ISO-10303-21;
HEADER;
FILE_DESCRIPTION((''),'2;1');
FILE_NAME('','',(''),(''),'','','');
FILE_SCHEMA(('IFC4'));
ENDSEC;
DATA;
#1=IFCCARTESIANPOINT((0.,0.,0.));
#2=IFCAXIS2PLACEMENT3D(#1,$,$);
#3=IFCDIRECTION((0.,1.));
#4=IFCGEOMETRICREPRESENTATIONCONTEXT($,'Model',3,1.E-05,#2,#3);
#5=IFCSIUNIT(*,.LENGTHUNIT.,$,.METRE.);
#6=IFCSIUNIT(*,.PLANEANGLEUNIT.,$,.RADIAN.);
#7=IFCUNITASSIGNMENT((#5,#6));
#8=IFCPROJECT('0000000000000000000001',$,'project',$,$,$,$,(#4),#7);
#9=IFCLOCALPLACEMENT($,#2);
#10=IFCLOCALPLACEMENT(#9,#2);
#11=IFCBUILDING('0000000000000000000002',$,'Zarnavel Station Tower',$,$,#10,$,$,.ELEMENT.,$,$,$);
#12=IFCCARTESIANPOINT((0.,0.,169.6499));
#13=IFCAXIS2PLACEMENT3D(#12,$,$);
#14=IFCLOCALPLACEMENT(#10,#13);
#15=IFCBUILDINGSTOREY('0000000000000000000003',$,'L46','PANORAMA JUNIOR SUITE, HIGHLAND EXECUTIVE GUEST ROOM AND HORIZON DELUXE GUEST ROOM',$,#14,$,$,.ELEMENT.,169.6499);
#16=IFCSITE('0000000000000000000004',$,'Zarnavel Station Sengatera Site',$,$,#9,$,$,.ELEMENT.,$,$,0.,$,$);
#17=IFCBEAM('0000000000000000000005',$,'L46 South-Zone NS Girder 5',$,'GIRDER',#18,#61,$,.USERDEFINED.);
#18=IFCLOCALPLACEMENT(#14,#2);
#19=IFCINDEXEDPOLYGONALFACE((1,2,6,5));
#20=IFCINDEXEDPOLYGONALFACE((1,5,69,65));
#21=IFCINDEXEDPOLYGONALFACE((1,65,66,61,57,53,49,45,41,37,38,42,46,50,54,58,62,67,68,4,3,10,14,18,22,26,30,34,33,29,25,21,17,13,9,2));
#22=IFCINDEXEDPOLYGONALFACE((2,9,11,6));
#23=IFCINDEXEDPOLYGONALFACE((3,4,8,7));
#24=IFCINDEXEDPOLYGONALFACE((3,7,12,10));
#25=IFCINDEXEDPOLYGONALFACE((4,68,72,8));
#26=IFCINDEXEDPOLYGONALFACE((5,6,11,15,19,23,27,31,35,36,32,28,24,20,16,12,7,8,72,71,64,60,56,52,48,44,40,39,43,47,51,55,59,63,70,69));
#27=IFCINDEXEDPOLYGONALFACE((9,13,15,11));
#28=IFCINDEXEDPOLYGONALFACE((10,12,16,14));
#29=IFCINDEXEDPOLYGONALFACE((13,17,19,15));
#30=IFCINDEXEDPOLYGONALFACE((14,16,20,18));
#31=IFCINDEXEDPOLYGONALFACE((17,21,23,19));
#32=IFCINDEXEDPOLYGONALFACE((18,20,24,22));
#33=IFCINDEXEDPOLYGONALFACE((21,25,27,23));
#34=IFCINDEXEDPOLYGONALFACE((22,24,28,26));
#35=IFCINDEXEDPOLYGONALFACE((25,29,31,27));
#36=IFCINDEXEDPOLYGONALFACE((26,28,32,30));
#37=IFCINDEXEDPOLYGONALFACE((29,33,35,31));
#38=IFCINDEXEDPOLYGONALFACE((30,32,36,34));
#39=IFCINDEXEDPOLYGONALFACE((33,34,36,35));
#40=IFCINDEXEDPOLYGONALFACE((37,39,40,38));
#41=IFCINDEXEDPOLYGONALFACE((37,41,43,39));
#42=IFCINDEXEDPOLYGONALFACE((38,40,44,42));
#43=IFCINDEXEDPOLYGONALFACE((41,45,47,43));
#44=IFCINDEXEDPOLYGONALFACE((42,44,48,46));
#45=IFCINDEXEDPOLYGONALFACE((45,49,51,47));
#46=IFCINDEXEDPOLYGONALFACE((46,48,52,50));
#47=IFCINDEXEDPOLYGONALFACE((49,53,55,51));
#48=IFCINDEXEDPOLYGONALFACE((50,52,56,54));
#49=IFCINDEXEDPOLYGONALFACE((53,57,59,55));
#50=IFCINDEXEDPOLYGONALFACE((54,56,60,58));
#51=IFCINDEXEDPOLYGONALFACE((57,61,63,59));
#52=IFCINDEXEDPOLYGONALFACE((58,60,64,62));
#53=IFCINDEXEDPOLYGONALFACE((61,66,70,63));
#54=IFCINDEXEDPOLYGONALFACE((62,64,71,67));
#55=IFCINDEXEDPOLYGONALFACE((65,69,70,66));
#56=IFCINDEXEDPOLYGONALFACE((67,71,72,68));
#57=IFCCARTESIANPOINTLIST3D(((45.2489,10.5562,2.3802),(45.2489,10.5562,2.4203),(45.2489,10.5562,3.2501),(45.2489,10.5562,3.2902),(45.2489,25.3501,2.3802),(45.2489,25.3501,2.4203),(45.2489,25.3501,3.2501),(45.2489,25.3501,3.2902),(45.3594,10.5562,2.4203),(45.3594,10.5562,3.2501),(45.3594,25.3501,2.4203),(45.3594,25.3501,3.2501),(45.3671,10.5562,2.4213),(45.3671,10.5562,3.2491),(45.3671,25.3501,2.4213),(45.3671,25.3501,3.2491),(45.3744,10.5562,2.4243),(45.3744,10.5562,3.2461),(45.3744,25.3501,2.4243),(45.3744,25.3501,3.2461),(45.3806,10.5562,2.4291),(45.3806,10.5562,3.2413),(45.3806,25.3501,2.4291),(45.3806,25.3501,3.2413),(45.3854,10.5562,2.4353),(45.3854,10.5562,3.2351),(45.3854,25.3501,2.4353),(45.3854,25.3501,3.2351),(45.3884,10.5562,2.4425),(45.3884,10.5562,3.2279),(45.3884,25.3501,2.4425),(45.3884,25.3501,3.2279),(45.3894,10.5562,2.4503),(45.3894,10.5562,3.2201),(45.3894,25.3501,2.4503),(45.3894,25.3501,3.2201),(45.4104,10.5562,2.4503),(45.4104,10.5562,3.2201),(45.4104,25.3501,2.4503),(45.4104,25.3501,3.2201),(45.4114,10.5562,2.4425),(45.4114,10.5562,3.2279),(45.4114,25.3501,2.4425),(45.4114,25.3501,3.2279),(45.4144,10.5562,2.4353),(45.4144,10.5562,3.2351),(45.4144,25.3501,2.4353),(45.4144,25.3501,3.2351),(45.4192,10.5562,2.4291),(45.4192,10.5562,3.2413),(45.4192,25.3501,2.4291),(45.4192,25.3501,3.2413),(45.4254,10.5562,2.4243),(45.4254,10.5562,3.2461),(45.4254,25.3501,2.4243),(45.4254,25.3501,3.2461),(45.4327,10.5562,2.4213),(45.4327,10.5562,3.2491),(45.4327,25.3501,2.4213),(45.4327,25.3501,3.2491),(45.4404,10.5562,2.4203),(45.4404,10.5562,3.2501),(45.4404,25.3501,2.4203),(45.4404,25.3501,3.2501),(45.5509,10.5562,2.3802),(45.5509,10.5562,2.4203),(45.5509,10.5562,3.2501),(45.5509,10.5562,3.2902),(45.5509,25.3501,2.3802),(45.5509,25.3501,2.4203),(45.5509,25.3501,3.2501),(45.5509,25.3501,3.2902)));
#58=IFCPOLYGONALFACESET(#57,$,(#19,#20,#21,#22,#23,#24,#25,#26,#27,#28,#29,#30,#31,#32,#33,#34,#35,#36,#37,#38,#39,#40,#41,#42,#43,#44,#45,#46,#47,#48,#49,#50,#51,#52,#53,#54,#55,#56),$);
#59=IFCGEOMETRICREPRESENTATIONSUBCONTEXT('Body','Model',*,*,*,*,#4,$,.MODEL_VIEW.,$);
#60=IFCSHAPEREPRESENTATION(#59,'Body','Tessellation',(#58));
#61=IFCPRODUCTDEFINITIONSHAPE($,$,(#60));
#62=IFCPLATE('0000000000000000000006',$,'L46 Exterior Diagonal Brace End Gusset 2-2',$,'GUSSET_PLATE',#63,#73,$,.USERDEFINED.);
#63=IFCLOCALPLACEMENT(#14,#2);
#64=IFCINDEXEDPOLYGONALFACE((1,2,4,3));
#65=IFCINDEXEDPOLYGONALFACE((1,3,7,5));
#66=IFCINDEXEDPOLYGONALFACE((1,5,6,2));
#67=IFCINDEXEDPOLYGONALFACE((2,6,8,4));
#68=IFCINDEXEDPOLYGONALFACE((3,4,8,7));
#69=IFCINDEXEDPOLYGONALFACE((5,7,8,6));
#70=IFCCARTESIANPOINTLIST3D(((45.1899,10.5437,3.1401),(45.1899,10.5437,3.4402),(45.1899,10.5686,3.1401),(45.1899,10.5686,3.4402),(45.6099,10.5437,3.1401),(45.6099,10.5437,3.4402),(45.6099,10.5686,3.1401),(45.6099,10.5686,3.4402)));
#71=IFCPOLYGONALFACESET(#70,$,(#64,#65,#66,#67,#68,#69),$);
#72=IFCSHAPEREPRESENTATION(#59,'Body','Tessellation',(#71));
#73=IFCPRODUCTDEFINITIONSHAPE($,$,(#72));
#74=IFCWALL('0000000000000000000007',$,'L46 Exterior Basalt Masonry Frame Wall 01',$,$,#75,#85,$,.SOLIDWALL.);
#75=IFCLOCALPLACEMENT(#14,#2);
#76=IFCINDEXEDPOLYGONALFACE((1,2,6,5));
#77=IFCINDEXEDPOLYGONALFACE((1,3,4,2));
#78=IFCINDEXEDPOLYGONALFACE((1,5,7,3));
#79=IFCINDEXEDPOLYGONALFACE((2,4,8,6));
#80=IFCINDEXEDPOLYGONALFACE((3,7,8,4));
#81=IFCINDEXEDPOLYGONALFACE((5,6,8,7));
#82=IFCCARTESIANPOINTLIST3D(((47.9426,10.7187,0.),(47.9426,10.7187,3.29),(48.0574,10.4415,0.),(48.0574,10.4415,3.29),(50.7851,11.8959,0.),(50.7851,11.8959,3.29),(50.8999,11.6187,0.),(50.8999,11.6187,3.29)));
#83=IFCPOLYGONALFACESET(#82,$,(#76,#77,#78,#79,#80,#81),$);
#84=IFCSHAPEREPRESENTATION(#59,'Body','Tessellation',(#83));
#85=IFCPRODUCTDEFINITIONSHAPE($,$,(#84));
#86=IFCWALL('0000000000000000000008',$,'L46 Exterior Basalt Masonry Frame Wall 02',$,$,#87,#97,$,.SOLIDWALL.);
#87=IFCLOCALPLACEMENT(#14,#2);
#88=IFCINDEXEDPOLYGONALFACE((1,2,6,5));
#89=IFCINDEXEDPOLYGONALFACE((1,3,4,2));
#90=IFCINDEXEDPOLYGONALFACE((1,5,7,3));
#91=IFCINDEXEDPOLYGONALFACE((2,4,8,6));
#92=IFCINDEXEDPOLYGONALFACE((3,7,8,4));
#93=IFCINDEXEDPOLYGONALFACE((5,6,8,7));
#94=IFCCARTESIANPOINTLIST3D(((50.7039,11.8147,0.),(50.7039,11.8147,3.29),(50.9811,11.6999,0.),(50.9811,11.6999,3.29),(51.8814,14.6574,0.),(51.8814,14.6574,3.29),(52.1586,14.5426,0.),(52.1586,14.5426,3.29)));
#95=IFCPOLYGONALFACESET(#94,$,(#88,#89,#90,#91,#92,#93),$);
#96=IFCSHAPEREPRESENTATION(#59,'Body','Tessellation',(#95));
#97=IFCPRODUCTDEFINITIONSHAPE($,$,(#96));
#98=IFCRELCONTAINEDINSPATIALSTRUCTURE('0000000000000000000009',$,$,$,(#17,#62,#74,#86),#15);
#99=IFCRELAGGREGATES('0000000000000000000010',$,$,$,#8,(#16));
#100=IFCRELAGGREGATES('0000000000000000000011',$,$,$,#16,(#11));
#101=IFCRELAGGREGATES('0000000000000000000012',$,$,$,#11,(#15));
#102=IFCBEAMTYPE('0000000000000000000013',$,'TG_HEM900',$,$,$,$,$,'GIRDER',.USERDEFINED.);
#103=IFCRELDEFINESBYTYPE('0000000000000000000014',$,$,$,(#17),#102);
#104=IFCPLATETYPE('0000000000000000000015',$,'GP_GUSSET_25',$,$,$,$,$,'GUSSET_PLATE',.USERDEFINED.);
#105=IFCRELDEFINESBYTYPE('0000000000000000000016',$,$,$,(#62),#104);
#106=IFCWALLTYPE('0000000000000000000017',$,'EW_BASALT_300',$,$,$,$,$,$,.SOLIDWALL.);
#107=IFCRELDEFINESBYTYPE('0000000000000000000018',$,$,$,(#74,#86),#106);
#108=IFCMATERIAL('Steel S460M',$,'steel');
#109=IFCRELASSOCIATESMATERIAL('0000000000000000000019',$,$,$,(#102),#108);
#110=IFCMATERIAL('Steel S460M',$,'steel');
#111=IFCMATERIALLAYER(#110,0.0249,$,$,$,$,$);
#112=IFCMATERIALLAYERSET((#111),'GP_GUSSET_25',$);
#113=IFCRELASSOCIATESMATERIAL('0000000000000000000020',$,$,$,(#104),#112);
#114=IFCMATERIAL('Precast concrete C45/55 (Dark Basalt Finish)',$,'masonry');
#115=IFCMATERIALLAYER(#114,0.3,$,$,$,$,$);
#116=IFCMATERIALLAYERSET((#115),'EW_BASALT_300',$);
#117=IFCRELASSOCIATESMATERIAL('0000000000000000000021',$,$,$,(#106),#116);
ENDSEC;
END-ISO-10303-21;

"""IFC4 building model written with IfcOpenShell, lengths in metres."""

from ifc_helpers import new_model, si_unit, direction, frame, frame_2d, origin, origin_2d, place, context, subcontext, project, spatial, rectangle, i_section, extrude, material, layer, layer_set, material_profile, profile_set, type_object, element, save


model = new_model("IFC4")

# Units and contexts
model_context = context("Model", 3, precision=1e-05, world=origin(), true_north=direction((0.0, 1.0)))
body_context = subcontext(model_context, "Body", "Model", "MODEL_VIEW")
ifc_project = project(units=[si_unit("LENGTHUNIT", "METRE"), si_unit("PLANEANGLEUNIT", "RADIAN")], contexts=[model_context])

# Site, building, storey
site_placement = place(None, origin())
site = spatial("IfcSite", under=ifc_project, at=site_placement, Name="Zarnavel Station Sengatera Site", CompositionType="ELEMENT", RefElevation=0.0)
building_placement = place(site_placement, origin())
building = spatial("IfcBuilding", under=site, at=building_placement, Name="Zarnavel Station Tower", CompositionType="ELEMENT")
storey_placement = place(building_placement, frame((0.0, 0.0, 169.6499)))
storey = spatial("IfcBuildingStorey", under=building, at=storey_placement, Name="L46", Description="PANORAMA JUNIOR SUITE, HIGHLAND EXECUTIVE GUEST ROOM AND HORIZON DELUXE GUEST ROOM", CompositionType="ELEMENT", Elevation=169.6499)

# Beam
ifc_material_1 = material(Name="Steel S460M", Category="steel")
ifc_material_profile_1 = material_profile(ifc_material_1, i_section(OverallWidth=0.302, OverallDepth=0.9099, WebThickness=0.021, FlangeThickness=0.04, FilletRadius=0.03, at=origin_2d()), Name="HEM900")
ifc_profile_set_1 = profile_set([ifc_material_profile_1], Name="Steel S460M")
beam_type_1 = type_object("IfcBeamType", Name="TG_HEM900", ElementType="GIRDER", PredefinedType="USERDEFINED", material=ifc_profile_set_1)
beam_1_placement = place(storey_placement, frame((45.3999, 10.5562, 2.8352), z_axis=(0.0, 1.0, 0.0), x_axis=(-1.0, 0.0, 0.0)))
element("IfcBeam", 1, at=beam_1_placement, inside=storey, type_object=beam_type_1, Name="L46 South-Zone NS Girder 5", ObjectType="GIRDER", PredefinedType="USERDEFINED", context=body_context, shape_type="SweptSolid", body=[
    extrude(i_section(OverallWidth=0.302, OverallDepth=0.9099, WebThickness=0.021, FlangeThickness=0.04, FilletRadius=0.03, at=origin_2d()), origin(), (0.0, 0.0, 1.0), 14.7939),
])

# Plate
ifc_material_2 = material(Name="Steel S460M", Category="steel")
ifc_layer_1 = layer(ifc_material_2, 0.0249)
ifc_layer_set_1 = layer_set([ifc_layer_1], Name="GP_GUSSET_25")
plate_type = type_object("IfcPlateType", Name="GP_GUSSET_25", ElementType="GUSSET_PLATE", PredefinedType="USERDEFINED", material=ifc_layer_set_1)
plate_placement = place(storey_placement, frame((45.3999, 10.5562, 3.1401), z_axis=(0.0, 0.0, 1.0), x_axis=(1.0, 0.0, 0.0)))
element("IfcPlate", 2, at=plate_placement, inside=storey, type_object=plate_type, Name="L46 Exterior Diagonal Brace End Gusset 2-2", ObjectType="GUSSET_PLATE", PredefinedType="USERDEFINED", context=body_context, shape_type="SweptSolid", body=[
    extrude(rectangle(XDim=0.4199, YDim=0.0249, at=origin_2d()), origin(), (0.0, 0.0, 1.0), 0.3),
])

# Walls
ifc_material_3 = material(Name="Precast concrete C45/55 (Dark Basalt Finish)", Category="masonry")
ifc_layer_2 = layer(ifc_material_3, 0.3)
ifc_layer_set_2 = layer_set([ifc_layer_2], Name="EW_BASALT_300")
wall_type_1 = type_object("IfcWallType", Name="EW_BASALT_300", PredefinedType="SOLIDWALL", material=ifc_layer_set_2)
wall_1_placement = place(storey_placement, frame((50.8425, 11.7573, 0.0), z_axis=(0.0, 0.0, 1.0), x_axis=(-0.923899, -0.382637, 0.0)))
element("IfcWall", 3, at=wall_1_placement, inside=storey, type_object=wall_type_1, Name="L46 Exterior Basalt Masonry Frame Wall 01", PredefinedType="SOLIDWALL", context=body_context, shape_type="SweptSolid", body=[
    extrude(rectangle(XDim=3.0767, YDim=0.3, at=frame_2d((1.5383, 0.0))), origin(), (0.0, 0.0, 1.0), 3.29),
])
wall_2_placement = place(storey_placement, frame((52.02, 14.6001, 0.0), z_axis=(0.0, 0.0, 1.0), x_axis=(-0.382676, -0.923882, 0.0)))
element("IfcWall", 4, at=wall_2_placement, inside=storey, type_object=wall_type_1, Name="L46 Exterior Basalt Masonry Frame Wall 02", PredefinedType="SOLIDWALL", context=body_context, shape_type="SweptSolid", body=[
    extrude(rectangle(XDim=3.0769, YDim=0.3, at=frame_2d((1.5386, 0.0))), origin(), (0.0, 0.0, 1.0), 3.29),
])

save(model, "model.ifc")
